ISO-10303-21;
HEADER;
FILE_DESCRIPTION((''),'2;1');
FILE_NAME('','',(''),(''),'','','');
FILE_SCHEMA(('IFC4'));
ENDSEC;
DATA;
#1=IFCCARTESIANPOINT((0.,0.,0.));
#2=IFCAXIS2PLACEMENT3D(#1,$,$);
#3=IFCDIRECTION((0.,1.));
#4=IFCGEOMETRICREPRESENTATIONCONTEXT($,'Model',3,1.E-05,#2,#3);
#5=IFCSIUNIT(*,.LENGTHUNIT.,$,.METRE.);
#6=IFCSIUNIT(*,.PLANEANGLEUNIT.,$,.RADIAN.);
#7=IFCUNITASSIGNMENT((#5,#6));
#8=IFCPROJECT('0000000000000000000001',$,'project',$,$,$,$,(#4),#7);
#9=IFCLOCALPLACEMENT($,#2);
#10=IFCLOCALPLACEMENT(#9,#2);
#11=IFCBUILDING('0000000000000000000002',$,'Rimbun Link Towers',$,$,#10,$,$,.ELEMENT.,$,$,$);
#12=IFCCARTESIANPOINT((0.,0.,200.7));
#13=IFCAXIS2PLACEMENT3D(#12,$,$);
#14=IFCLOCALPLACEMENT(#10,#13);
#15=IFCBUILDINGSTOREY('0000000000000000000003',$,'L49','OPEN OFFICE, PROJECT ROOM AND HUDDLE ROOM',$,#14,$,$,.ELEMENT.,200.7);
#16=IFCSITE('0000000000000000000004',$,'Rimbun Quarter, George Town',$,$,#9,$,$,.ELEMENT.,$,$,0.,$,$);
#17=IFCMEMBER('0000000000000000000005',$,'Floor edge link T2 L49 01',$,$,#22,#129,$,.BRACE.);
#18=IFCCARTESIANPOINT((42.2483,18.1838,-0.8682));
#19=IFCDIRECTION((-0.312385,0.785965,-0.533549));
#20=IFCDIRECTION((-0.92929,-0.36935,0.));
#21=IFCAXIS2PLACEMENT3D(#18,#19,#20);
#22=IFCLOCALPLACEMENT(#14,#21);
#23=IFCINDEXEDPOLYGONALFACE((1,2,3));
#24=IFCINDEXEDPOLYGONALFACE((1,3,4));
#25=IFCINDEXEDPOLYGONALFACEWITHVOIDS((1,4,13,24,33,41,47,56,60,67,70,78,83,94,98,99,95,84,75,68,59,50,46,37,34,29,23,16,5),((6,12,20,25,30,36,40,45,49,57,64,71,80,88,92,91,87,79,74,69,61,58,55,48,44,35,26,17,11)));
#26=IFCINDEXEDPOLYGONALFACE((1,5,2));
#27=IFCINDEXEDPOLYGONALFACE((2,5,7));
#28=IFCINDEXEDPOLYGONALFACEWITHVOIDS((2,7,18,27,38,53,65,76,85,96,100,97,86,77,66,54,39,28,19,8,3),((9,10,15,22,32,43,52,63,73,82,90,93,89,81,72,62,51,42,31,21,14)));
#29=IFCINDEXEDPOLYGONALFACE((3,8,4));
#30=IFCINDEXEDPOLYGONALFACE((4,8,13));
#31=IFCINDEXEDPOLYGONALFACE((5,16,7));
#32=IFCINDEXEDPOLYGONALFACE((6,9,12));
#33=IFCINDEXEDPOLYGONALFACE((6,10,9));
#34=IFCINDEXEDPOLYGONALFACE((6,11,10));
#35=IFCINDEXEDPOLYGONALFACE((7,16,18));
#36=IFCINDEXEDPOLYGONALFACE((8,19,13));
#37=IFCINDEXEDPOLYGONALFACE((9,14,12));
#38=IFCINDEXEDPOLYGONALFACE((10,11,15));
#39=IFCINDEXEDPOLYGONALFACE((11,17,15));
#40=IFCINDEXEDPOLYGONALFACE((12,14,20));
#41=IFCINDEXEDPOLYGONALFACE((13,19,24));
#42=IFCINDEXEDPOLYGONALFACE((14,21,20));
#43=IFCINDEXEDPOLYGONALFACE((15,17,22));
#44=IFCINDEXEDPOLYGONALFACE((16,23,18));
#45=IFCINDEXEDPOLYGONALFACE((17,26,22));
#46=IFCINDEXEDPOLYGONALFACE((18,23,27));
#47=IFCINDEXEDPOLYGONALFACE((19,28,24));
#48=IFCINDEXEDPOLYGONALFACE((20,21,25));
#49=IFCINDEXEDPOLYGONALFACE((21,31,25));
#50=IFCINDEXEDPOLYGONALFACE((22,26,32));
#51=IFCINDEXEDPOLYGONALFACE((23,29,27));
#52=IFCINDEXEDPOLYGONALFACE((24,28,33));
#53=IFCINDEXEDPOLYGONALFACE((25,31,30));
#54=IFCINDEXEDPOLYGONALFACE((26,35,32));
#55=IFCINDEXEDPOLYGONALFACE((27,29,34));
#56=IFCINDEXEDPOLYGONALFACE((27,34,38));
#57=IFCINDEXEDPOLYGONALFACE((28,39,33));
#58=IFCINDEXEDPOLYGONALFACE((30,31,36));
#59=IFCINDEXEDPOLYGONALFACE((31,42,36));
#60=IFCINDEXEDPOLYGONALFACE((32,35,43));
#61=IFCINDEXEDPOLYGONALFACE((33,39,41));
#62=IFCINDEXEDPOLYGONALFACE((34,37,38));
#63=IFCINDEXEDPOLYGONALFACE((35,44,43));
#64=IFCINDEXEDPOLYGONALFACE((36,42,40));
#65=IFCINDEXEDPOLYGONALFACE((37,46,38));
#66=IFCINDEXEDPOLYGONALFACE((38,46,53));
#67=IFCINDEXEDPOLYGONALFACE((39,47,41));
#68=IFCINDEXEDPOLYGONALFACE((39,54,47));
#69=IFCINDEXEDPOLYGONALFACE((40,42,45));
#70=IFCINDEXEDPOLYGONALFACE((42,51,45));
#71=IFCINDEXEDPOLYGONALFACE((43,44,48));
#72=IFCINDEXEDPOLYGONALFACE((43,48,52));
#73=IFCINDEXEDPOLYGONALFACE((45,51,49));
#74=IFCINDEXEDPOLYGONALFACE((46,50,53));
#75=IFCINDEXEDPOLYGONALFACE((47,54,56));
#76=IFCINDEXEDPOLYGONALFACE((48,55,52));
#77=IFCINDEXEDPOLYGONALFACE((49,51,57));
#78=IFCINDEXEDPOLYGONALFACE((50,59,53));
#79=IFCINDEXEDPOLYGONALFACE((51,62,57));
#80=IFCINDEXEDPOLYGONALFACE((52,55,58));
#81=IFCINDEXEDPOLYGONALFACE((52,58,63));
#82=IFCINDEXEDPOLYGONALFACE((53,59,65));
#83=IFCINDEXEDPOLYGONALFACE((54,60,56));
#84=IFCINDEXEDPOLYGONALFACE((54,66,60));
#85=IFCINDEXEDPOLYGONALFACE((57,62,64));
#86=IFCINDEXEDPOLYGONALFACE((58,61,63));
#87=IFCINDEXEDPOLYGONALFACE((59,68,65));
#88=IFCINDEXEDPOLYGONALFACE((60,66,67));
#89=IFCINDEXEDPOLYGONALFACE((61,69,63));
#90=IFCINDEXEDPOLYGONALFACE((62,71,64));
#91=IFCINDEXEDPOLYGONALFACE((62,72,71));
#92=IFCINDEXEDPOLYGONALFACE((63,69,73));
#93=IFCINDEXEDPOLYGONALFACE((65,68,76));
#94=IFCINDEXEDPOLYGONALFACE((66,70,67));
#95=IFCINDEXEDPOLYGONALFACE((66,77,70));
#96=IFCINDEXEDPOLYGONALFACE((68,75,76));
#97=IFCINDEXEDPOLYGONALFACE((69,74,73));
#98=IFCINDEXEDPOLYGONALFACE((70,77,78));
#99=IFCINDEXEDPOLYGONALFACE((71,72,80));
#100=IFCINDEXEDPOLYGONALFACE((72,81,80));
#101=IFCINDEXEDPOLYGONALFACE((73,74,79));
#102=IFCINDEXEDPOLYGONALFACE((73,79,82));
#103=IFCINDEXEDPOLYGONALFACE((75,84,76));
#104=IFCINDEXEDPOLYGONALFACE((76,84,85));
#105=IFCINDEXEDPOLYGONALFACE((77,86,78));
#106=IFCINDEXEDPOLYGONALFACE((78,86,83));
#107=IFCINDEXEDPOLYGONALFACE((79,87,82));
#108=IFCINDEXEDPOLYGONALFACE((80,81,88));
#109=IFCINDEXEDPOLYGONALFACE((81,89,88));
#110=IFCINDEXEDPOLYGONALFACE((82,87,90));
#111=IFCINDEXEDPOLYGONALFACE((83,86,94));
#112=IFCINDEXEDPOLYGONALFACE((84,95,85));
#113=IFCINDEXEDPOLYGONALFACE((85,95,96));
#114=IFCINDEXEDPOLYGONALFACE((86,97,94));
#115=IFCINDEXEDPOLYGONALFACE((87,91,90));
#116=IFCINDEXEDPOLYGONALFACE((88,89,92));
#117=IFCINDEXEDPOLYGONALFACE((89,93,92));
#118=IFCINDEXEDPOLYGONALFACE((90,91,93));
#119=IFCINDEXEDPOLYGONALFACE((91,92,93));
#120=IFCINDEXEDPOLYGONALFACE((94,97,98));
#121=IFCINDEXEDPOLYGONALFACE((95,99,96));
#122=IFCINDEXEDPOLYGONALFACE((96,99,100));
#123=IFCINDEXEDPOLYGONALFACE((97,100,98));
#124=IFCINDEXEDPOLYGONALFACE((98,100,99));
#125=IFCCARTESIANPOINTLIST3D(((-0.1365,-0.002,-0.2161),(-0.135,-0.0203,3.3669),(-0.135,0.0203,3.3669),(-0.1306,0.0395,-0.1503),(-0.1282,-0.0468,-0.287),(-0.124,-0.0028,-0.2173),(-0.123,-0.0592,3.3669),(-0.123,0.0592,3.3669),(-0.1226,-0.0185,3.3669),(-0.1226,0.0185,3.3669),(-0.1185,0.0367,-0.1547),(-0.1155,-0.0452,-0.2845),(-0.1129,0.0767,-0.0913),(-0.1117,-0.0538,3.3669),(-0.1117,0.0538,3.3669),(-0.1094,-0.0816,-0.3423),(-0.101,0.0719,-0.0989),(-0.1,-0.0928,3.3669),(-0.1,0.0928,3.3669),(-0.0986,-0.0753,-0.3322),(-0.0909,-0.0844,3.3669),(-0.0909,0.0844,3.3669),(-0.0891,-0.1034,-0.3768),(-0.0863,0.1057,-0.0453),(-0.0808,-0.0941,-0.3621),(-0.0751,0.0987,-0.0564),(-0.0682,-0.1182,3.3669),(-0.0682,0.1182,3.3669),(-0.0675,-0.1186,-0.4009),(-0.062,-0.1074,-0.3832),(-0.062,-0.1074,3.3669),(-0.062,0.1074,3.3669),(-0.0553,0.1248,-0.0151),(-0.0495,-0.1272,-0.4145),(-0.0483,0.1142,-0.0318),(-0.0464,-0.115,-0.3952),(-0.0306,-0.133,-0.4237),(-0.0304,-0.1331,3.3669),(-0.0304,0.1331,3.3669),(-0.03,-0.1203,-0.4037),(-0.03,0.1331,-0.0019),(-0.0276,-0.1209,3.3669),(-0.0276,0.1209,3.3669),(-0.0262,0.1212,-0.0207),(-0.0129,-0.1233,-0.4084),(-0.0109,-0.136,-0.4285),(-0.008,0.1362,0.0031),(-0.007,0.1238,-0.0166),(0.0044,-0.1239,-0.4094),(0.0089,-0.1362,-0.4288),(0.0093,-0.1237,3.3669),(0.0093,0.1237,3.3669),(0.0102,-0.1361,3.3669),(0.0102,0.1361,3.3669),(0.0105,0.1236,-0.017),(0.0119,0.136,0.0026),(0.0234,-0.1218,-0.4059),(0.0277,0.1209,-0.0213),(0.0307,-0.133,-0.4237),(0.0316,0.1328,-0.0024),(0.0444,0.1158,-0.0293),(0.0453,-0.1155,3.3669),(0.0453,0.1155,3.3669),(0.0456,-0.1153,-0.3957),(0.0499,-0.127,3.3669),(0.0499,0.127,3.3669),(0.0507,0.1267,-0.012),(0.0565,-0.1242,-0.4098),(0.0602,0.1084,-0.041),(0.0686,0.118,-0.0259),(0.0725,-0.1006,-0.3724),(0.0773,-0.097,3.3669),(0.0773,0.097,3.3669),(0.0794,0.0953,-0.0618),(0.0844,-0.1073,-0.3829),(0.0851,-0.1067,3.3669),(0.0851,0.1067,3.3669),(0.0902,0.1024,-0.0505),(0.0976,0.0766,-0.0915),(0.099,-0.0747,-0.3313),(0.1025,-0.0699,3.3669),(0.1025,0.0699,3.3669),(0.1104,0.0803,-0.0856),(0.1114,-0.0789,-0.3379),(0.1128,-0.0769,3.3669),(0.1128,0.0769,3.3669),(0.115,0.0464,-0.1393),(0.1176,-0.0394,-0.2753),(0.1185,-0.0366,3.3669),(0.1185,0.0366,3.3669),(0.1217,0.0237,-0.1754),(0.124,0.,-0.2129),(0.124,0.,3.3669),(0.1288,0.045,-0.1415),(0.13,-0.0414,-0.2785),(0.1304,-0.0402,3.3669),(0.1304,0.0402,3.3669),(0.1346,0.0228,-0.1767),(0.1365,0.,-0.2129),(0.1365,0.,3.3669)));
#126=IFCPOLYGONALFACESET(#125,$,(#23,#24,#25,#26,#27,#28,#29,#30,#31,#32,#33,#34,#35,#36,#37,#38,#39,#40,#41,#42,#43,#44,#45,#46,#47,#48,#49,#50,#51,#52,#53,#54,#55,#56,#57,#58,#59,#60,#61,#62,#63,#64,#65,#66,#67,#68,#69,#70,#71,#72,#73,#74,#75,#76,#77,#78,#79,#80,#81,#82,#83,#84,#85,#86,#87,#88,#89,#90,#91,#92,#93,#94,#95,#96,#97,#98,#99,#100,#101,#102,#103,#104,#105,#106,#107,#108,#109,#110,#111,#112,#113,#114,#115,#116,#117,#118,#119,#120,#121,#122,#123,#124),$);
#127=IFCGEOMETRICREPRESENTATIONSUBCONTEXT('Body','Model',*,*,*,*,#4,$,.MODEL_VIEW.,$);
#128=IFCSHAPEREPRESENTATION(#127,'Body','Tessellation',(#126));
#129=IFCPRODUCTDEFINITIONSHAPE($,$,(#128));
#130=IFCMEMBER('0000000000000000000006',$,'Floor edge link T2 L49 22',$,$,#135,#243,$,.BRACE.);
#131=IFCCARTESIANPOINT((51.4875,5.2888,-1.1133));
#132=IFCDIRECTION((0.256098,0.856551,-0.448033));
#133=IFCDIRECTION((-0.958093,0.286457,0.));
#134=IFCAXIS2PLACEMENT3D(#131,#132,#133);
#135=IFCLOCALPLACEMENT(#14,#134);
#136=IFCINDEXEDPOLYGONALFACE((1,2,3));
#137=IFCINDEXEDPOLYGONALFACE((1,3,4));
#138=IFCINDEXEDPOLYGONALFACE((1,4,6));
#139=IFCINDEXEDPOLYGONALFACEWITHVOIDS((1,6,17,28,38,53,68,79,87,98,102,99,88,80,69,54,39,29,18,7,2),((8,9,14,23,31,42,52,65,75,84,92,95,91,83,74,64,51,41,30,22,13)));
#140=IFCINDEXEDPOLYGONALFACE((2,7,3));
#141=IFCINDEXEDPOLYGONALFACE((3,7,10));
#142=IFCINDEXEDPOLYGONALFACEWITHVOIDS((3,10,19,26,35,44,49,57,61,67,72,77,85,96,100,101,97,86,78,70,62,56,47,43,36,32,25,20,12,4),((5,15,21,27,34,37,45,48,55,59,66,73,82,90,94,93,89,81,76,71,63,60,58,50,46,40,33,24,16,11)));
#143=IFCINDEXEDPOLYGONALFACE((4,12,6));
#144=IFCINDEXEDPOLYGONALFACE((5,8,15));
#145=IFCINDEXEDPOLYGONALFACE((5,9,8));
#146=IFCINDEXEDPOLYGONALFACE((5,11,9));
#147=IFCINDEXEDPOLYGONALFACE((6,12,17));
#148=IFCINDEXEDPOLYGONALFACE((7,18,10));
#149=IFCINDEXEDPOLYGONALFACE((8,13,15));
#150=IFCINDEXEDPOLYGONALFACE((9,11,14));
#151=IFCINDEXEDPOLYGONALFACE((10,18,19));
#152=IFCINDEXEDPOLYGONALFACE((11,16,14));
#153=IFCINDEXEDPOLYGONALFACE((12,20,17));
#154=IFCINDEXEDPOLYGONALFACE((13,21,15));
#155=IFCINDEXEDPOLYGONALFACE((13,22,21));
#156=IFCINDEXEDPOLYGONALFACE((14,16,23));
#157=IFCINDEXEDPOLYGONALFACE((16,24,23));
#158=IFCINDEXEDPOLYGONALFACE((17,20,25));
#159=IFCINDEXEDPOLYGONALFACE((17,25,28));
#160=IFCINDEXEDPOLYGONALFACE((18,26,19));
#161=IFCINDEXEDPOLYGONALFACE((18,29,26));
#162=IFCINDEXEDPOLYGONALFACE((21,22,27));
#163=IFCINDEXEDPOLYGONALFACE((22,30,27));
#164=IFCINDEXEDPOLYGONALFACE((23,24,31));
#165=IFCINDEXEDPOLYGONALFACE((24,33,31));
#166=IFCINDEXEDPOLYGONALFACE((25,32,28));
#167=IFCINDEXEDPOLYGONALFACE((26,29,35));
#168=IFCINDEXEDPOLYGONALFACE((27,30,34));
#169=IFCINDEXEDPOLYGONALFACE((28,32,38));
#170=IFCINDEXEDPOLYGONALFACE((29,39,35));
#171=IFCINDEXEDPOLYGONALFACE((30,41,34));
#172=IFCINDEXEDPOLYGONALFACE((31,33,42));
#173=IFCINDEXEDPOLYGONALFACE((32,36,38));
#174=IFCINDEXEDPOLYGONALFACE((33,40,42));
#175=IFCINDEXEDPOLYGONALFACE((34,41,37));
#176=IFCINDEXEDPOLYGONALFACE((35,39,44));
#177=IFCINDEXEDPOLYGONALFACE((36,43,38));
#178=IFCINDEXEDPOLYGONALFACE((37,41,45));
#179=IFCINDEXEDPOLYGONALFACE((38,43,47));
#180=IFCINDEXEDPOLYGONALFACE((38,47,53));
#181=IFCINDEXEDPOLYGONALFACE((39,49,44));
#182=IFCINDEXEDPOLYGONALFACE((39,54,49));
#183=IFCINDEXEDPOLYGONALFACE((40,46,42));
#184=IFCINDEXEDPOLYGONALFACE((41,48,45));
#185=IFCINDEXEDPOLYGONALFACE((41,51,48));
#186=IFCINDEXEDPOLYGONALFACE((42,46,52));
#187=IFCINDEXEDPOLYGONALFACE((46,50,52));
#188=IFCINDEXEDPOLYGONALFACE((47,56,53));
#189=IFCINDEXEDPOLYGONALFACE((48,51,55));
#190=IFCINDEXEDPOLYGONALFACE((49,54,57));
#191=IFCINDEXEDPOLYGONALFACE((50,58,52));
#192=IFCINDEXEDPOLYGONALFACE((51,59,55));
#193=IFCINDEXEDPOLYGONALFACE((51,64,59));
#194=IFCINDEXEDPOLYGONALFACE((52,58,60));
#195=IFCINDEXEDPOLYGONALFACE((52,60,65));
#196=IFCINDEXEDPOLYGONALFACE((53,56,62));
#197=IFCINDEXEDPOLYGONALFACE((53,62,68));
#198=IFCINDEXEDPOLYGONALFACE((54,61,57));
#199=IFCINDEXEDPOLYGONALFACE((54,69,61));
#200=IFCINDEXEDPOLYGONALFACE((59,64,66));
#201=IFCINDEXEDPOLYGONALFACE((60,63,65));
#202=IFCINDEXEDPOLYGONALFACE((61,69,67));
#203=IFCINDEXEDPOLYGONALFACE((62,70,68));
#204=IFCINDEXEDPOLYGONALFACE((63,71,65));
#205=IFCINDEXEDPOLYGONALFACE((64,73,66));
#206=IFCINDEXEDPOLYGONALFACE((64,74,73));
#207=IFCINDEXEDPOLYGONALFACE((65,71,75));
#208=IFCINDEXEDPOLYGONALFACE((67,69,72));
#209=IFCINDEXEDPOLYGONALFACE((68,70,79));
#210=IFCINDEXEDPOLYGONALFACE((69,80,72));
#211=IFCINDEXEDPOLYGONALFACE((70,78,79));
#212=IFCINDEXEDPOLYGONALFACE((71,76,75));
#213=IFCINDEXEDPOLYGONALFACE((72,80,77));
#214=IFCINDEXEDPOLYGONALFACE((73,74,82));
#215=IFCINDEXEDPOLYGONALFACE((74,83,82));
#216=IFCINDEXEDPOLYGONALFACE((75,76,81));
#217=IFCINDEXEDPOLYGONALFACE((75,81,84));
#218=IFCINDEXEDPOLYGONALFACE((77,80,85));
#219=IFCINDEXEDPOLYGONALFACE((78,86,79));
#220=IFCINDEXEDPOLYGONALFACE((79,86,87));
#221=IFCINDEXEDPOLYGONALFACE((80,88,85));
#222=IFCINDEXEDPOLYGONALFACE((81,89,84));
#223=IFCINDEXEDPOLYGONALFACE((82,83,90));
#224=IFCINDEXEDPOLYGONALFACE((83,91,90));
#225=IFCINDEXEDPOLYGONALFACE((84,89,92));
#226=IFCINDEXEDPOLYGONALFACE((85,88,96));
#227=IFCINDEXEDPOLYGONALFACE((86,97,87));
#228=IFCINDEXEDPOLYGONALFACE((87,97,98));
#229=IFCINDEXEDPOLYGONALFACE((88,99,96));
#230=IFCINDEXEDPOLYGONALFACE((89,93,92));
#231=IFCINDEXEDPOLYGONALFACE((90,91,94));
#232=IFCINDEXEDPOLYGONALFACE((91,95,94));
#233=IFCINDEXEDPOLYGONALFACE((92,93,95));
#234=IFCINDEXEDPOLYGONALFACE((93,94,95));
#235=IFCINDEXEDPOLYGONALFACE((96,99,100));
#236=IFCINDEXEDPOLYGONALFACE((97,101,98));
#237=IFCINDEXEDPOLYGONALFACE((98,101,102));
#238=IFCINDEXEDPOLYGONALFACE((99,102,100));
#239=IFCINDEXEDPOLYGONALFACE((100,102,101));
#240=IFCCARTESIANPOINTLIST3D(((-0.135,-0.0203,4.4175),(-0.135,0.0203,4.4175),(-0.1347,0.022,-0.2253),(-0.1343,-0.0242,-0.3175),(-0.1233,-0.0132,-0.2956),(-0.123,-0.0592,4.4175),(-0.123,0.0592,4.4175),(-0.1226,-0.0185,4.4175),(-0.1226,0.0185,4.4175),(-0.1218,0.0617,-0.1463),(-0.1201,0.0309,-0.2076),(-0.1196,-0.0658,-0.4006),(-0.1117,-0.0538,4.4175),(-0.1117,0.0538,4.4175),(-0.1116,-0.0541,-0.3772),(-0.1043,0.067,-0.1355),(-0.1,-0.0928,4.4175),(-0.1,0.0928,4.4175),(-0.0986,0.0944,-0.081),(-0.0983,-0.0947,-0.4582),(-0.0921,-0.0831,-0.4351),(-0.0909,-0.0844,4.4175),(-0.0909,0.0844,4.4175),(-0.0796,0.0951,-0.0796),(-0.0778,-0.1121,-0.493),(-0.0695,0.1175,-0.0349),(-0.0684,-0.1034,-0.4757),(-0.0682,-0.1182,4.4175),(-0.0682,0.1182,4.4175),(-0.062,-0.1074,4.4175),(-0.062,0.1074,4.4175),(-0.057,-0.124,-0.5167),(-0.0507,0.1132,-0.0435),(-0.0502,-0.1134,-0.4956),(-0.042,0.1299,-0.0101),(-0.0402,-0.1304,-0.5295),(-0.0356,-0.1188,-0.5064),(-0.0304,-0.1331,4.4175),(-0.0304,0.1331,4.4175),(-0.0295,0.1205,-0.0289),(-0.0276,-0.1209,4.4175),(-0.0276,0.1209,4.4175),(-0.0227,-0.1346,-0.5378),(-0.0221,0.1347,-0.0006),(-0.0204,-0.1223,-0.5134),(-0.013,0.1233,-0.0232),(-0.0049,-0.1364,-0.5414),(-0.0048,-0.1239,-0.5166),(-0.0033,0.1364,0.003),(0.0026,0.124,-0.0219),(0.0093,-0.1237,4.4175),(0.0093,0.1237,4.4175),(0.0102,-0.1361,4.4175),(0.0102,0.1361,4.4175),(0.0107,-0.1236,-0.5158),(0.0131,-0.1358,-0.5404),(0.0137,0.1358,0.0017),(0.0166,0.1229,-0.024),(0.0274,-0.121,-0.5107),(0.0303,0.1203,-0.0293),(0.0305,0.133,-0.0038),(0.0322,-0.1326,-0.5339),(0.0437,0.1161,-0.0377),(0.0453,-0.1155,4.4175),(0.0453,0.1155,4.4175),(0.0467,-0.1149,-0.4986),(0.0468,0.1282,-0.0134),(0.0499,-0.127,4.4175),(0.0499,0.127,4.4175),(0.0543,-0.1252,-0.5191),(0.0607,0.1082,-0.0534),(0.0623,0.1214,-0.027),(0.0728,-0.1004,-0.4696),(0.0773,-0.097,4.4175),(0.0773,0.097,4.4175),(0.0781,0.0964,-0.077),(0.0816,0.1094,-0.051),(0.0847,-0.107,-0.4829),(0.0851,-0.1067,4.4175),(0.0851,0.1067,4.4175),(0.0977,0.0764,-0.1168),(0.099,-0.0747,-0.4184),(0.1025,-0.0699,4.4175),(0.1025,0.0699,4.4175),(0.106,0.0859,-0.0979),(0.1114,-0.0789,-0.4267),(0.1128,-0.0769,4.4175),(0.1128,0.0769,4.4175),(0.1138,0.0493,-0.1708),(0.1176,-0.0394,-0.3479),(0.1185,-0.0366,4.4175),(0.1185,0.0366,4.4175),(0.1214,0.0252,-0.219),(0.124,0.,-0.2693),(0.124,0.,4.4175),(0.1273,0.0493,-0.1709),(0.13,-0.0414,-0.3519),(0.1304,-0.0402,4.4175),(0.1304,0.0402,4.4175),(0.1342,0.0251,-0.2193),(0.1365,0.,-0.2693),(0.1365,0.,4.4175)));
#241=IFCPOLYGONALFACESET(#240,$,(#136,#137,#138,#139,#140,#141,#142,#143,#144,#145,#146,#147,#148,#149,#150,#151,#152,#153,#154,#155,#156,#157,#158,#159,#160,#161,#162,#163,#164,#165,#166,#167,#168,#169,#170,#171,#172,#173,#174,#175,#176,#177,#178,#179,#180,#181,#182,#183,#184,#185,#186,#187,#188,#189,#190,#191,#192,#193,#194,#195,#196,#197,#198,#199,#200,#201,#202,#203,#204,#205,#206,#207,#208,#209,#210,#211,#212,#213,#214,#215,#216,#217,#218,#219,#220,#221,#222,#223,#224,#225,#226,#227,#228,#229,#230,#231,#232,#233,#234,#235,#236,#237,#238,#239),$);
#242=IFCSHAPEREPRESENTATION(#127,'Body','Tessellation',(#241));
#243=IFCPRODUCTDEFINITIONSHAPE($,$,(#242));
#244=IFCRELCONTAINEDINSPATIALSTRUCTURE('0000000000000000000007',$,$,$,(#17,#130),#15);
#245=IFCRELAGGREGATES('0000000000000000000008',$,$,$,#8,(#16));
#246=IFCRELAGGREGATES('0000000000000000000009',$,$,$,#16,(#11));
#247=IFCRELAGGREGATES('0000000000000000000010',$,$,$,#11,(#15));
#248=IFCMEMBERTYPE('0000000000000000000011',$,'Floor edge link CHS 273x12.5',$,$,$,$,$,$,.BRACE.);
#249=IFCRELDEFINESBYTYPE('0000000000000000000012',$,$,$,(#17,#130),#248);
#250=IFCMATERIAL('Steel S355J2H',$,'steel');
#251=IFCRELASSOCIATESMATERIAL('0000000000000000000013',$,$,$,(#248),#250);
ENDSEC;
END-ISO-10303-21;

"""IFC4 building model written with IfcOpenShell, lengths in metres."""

from ifc_helpers import new_model, si_unit, direction, frame, origin, origin_2d, place, context, subcontext, project, spatial, hollow_circle, extrude, clip, halfspace, material, material_profile, profile_set, type_object, element, save


model = new_model("IFC4")

# Units and contexts
model_context = context("Model", 3, precision=1e-05, world=origin(), true_north=direction((0.0, 1.0)))
body_context = subcontext(model_context, "Body", "Model", "MODEL_VIEW")
ifc_project = project(units=[si_unit("LENGTHUNIT", "METRE"), si_unit("PLANEANGLEUNIT", "RADIAN")], contexts=[model_context])

# Site, building, storey
site_placement = place(None, origin())
site = spatial("IfcSite", under=ifc_project, at=site_placement, Name="Rimbun Quarter, George Town", CompositionType="ELEMENT", RefElevation=0.0)
building_placement = place(site_placement, origin())
building = spatial("IfcBuilding", under=site, at=building_placement, Name="Rimbun Link Towers", CompositionType="ELEMENT")
storey_placement = place(building_placement, frame((0.0, 0.0, 200.7)))
storey = spatial("IfcBuildingStorey", under=building, at=storey_placement, Name="L49", Description="OPEN OFFICE, PROJECT ROOM AND HUDDLE ROOM", CompositionType="ELEMENT", Elevation=200.7)

# Members
ifc_material_1 = material(Name="Steel S355J2H", Category="steel")
ifc_material_profile_1 = material_profile(ifc_material_1, hollow_circle(Radius=0.1365, WallThickness=0.0125, at=origin_2d()), Name="CHS 273x12.5")
ifc_profile_set_1 = profile_set([ifc_material_profile_1], Name="Steel S355J2H")
member_type_1 = type_object("IfcMemberType", Name="Floor edge link CHS 273x12.5", PredefinedType="BRACE", material=ifc_profile_set_1)
member_1_placement = place(storey_placement, frame((42.2483, 18.1838, -0.8682), z_axis=(-0.312385, 0.785965, -0.533549), x_axis=(-0.92929, -0.36935, 0.0)))
element("IfcMember", 1, at=member_1_placement, inside=storey, type_object=member_type_1, Name="Floor edge link T2 L49 01", PredefinedType="BRACE", context=body_context, shape_type="Clipping", body=[
    clip(extrude(hollow_circle(Radius=0.1365, WallThickness=0.0125, at=origin_2d()), frame((0.0, 0.0, -0.4514)), (0.0, 0.0, 1.0), 3.8184), halfspace(frame((0.0, 0.0, -0.2129), z_axis=(0.0, 0.845769, -0.533549)), False)),
])
member_2_placement = place(storey_placement, frame((51.4875, 5.2888, -1.1133), z_axis=(0.256098, 0.856551, -0.448033), x_axis=(-0.958093, 0.286457, 0.0)))
element("IfcMember", 2, at=member_2_placement, inside=storey, type_object=member_type_1, Name="Floor edge link T2 L49 22", PredefinedType="BRACE", context=body_context, shape_type="Clipping", body=[
    clip(extrude(hollow_circle(Radius=0.1365, WallThickness=0.0125, at=origin_2d()), frame((0.0, 0.0, -0.5671)), (0.0, 0.0, 1.0), 4.9846), halfspace(frame((0.0, 0.0, -0.2693), z_axis=(0.0, 0.894017, -0.448033)), False)),
])

save(model, "model.ifc")
